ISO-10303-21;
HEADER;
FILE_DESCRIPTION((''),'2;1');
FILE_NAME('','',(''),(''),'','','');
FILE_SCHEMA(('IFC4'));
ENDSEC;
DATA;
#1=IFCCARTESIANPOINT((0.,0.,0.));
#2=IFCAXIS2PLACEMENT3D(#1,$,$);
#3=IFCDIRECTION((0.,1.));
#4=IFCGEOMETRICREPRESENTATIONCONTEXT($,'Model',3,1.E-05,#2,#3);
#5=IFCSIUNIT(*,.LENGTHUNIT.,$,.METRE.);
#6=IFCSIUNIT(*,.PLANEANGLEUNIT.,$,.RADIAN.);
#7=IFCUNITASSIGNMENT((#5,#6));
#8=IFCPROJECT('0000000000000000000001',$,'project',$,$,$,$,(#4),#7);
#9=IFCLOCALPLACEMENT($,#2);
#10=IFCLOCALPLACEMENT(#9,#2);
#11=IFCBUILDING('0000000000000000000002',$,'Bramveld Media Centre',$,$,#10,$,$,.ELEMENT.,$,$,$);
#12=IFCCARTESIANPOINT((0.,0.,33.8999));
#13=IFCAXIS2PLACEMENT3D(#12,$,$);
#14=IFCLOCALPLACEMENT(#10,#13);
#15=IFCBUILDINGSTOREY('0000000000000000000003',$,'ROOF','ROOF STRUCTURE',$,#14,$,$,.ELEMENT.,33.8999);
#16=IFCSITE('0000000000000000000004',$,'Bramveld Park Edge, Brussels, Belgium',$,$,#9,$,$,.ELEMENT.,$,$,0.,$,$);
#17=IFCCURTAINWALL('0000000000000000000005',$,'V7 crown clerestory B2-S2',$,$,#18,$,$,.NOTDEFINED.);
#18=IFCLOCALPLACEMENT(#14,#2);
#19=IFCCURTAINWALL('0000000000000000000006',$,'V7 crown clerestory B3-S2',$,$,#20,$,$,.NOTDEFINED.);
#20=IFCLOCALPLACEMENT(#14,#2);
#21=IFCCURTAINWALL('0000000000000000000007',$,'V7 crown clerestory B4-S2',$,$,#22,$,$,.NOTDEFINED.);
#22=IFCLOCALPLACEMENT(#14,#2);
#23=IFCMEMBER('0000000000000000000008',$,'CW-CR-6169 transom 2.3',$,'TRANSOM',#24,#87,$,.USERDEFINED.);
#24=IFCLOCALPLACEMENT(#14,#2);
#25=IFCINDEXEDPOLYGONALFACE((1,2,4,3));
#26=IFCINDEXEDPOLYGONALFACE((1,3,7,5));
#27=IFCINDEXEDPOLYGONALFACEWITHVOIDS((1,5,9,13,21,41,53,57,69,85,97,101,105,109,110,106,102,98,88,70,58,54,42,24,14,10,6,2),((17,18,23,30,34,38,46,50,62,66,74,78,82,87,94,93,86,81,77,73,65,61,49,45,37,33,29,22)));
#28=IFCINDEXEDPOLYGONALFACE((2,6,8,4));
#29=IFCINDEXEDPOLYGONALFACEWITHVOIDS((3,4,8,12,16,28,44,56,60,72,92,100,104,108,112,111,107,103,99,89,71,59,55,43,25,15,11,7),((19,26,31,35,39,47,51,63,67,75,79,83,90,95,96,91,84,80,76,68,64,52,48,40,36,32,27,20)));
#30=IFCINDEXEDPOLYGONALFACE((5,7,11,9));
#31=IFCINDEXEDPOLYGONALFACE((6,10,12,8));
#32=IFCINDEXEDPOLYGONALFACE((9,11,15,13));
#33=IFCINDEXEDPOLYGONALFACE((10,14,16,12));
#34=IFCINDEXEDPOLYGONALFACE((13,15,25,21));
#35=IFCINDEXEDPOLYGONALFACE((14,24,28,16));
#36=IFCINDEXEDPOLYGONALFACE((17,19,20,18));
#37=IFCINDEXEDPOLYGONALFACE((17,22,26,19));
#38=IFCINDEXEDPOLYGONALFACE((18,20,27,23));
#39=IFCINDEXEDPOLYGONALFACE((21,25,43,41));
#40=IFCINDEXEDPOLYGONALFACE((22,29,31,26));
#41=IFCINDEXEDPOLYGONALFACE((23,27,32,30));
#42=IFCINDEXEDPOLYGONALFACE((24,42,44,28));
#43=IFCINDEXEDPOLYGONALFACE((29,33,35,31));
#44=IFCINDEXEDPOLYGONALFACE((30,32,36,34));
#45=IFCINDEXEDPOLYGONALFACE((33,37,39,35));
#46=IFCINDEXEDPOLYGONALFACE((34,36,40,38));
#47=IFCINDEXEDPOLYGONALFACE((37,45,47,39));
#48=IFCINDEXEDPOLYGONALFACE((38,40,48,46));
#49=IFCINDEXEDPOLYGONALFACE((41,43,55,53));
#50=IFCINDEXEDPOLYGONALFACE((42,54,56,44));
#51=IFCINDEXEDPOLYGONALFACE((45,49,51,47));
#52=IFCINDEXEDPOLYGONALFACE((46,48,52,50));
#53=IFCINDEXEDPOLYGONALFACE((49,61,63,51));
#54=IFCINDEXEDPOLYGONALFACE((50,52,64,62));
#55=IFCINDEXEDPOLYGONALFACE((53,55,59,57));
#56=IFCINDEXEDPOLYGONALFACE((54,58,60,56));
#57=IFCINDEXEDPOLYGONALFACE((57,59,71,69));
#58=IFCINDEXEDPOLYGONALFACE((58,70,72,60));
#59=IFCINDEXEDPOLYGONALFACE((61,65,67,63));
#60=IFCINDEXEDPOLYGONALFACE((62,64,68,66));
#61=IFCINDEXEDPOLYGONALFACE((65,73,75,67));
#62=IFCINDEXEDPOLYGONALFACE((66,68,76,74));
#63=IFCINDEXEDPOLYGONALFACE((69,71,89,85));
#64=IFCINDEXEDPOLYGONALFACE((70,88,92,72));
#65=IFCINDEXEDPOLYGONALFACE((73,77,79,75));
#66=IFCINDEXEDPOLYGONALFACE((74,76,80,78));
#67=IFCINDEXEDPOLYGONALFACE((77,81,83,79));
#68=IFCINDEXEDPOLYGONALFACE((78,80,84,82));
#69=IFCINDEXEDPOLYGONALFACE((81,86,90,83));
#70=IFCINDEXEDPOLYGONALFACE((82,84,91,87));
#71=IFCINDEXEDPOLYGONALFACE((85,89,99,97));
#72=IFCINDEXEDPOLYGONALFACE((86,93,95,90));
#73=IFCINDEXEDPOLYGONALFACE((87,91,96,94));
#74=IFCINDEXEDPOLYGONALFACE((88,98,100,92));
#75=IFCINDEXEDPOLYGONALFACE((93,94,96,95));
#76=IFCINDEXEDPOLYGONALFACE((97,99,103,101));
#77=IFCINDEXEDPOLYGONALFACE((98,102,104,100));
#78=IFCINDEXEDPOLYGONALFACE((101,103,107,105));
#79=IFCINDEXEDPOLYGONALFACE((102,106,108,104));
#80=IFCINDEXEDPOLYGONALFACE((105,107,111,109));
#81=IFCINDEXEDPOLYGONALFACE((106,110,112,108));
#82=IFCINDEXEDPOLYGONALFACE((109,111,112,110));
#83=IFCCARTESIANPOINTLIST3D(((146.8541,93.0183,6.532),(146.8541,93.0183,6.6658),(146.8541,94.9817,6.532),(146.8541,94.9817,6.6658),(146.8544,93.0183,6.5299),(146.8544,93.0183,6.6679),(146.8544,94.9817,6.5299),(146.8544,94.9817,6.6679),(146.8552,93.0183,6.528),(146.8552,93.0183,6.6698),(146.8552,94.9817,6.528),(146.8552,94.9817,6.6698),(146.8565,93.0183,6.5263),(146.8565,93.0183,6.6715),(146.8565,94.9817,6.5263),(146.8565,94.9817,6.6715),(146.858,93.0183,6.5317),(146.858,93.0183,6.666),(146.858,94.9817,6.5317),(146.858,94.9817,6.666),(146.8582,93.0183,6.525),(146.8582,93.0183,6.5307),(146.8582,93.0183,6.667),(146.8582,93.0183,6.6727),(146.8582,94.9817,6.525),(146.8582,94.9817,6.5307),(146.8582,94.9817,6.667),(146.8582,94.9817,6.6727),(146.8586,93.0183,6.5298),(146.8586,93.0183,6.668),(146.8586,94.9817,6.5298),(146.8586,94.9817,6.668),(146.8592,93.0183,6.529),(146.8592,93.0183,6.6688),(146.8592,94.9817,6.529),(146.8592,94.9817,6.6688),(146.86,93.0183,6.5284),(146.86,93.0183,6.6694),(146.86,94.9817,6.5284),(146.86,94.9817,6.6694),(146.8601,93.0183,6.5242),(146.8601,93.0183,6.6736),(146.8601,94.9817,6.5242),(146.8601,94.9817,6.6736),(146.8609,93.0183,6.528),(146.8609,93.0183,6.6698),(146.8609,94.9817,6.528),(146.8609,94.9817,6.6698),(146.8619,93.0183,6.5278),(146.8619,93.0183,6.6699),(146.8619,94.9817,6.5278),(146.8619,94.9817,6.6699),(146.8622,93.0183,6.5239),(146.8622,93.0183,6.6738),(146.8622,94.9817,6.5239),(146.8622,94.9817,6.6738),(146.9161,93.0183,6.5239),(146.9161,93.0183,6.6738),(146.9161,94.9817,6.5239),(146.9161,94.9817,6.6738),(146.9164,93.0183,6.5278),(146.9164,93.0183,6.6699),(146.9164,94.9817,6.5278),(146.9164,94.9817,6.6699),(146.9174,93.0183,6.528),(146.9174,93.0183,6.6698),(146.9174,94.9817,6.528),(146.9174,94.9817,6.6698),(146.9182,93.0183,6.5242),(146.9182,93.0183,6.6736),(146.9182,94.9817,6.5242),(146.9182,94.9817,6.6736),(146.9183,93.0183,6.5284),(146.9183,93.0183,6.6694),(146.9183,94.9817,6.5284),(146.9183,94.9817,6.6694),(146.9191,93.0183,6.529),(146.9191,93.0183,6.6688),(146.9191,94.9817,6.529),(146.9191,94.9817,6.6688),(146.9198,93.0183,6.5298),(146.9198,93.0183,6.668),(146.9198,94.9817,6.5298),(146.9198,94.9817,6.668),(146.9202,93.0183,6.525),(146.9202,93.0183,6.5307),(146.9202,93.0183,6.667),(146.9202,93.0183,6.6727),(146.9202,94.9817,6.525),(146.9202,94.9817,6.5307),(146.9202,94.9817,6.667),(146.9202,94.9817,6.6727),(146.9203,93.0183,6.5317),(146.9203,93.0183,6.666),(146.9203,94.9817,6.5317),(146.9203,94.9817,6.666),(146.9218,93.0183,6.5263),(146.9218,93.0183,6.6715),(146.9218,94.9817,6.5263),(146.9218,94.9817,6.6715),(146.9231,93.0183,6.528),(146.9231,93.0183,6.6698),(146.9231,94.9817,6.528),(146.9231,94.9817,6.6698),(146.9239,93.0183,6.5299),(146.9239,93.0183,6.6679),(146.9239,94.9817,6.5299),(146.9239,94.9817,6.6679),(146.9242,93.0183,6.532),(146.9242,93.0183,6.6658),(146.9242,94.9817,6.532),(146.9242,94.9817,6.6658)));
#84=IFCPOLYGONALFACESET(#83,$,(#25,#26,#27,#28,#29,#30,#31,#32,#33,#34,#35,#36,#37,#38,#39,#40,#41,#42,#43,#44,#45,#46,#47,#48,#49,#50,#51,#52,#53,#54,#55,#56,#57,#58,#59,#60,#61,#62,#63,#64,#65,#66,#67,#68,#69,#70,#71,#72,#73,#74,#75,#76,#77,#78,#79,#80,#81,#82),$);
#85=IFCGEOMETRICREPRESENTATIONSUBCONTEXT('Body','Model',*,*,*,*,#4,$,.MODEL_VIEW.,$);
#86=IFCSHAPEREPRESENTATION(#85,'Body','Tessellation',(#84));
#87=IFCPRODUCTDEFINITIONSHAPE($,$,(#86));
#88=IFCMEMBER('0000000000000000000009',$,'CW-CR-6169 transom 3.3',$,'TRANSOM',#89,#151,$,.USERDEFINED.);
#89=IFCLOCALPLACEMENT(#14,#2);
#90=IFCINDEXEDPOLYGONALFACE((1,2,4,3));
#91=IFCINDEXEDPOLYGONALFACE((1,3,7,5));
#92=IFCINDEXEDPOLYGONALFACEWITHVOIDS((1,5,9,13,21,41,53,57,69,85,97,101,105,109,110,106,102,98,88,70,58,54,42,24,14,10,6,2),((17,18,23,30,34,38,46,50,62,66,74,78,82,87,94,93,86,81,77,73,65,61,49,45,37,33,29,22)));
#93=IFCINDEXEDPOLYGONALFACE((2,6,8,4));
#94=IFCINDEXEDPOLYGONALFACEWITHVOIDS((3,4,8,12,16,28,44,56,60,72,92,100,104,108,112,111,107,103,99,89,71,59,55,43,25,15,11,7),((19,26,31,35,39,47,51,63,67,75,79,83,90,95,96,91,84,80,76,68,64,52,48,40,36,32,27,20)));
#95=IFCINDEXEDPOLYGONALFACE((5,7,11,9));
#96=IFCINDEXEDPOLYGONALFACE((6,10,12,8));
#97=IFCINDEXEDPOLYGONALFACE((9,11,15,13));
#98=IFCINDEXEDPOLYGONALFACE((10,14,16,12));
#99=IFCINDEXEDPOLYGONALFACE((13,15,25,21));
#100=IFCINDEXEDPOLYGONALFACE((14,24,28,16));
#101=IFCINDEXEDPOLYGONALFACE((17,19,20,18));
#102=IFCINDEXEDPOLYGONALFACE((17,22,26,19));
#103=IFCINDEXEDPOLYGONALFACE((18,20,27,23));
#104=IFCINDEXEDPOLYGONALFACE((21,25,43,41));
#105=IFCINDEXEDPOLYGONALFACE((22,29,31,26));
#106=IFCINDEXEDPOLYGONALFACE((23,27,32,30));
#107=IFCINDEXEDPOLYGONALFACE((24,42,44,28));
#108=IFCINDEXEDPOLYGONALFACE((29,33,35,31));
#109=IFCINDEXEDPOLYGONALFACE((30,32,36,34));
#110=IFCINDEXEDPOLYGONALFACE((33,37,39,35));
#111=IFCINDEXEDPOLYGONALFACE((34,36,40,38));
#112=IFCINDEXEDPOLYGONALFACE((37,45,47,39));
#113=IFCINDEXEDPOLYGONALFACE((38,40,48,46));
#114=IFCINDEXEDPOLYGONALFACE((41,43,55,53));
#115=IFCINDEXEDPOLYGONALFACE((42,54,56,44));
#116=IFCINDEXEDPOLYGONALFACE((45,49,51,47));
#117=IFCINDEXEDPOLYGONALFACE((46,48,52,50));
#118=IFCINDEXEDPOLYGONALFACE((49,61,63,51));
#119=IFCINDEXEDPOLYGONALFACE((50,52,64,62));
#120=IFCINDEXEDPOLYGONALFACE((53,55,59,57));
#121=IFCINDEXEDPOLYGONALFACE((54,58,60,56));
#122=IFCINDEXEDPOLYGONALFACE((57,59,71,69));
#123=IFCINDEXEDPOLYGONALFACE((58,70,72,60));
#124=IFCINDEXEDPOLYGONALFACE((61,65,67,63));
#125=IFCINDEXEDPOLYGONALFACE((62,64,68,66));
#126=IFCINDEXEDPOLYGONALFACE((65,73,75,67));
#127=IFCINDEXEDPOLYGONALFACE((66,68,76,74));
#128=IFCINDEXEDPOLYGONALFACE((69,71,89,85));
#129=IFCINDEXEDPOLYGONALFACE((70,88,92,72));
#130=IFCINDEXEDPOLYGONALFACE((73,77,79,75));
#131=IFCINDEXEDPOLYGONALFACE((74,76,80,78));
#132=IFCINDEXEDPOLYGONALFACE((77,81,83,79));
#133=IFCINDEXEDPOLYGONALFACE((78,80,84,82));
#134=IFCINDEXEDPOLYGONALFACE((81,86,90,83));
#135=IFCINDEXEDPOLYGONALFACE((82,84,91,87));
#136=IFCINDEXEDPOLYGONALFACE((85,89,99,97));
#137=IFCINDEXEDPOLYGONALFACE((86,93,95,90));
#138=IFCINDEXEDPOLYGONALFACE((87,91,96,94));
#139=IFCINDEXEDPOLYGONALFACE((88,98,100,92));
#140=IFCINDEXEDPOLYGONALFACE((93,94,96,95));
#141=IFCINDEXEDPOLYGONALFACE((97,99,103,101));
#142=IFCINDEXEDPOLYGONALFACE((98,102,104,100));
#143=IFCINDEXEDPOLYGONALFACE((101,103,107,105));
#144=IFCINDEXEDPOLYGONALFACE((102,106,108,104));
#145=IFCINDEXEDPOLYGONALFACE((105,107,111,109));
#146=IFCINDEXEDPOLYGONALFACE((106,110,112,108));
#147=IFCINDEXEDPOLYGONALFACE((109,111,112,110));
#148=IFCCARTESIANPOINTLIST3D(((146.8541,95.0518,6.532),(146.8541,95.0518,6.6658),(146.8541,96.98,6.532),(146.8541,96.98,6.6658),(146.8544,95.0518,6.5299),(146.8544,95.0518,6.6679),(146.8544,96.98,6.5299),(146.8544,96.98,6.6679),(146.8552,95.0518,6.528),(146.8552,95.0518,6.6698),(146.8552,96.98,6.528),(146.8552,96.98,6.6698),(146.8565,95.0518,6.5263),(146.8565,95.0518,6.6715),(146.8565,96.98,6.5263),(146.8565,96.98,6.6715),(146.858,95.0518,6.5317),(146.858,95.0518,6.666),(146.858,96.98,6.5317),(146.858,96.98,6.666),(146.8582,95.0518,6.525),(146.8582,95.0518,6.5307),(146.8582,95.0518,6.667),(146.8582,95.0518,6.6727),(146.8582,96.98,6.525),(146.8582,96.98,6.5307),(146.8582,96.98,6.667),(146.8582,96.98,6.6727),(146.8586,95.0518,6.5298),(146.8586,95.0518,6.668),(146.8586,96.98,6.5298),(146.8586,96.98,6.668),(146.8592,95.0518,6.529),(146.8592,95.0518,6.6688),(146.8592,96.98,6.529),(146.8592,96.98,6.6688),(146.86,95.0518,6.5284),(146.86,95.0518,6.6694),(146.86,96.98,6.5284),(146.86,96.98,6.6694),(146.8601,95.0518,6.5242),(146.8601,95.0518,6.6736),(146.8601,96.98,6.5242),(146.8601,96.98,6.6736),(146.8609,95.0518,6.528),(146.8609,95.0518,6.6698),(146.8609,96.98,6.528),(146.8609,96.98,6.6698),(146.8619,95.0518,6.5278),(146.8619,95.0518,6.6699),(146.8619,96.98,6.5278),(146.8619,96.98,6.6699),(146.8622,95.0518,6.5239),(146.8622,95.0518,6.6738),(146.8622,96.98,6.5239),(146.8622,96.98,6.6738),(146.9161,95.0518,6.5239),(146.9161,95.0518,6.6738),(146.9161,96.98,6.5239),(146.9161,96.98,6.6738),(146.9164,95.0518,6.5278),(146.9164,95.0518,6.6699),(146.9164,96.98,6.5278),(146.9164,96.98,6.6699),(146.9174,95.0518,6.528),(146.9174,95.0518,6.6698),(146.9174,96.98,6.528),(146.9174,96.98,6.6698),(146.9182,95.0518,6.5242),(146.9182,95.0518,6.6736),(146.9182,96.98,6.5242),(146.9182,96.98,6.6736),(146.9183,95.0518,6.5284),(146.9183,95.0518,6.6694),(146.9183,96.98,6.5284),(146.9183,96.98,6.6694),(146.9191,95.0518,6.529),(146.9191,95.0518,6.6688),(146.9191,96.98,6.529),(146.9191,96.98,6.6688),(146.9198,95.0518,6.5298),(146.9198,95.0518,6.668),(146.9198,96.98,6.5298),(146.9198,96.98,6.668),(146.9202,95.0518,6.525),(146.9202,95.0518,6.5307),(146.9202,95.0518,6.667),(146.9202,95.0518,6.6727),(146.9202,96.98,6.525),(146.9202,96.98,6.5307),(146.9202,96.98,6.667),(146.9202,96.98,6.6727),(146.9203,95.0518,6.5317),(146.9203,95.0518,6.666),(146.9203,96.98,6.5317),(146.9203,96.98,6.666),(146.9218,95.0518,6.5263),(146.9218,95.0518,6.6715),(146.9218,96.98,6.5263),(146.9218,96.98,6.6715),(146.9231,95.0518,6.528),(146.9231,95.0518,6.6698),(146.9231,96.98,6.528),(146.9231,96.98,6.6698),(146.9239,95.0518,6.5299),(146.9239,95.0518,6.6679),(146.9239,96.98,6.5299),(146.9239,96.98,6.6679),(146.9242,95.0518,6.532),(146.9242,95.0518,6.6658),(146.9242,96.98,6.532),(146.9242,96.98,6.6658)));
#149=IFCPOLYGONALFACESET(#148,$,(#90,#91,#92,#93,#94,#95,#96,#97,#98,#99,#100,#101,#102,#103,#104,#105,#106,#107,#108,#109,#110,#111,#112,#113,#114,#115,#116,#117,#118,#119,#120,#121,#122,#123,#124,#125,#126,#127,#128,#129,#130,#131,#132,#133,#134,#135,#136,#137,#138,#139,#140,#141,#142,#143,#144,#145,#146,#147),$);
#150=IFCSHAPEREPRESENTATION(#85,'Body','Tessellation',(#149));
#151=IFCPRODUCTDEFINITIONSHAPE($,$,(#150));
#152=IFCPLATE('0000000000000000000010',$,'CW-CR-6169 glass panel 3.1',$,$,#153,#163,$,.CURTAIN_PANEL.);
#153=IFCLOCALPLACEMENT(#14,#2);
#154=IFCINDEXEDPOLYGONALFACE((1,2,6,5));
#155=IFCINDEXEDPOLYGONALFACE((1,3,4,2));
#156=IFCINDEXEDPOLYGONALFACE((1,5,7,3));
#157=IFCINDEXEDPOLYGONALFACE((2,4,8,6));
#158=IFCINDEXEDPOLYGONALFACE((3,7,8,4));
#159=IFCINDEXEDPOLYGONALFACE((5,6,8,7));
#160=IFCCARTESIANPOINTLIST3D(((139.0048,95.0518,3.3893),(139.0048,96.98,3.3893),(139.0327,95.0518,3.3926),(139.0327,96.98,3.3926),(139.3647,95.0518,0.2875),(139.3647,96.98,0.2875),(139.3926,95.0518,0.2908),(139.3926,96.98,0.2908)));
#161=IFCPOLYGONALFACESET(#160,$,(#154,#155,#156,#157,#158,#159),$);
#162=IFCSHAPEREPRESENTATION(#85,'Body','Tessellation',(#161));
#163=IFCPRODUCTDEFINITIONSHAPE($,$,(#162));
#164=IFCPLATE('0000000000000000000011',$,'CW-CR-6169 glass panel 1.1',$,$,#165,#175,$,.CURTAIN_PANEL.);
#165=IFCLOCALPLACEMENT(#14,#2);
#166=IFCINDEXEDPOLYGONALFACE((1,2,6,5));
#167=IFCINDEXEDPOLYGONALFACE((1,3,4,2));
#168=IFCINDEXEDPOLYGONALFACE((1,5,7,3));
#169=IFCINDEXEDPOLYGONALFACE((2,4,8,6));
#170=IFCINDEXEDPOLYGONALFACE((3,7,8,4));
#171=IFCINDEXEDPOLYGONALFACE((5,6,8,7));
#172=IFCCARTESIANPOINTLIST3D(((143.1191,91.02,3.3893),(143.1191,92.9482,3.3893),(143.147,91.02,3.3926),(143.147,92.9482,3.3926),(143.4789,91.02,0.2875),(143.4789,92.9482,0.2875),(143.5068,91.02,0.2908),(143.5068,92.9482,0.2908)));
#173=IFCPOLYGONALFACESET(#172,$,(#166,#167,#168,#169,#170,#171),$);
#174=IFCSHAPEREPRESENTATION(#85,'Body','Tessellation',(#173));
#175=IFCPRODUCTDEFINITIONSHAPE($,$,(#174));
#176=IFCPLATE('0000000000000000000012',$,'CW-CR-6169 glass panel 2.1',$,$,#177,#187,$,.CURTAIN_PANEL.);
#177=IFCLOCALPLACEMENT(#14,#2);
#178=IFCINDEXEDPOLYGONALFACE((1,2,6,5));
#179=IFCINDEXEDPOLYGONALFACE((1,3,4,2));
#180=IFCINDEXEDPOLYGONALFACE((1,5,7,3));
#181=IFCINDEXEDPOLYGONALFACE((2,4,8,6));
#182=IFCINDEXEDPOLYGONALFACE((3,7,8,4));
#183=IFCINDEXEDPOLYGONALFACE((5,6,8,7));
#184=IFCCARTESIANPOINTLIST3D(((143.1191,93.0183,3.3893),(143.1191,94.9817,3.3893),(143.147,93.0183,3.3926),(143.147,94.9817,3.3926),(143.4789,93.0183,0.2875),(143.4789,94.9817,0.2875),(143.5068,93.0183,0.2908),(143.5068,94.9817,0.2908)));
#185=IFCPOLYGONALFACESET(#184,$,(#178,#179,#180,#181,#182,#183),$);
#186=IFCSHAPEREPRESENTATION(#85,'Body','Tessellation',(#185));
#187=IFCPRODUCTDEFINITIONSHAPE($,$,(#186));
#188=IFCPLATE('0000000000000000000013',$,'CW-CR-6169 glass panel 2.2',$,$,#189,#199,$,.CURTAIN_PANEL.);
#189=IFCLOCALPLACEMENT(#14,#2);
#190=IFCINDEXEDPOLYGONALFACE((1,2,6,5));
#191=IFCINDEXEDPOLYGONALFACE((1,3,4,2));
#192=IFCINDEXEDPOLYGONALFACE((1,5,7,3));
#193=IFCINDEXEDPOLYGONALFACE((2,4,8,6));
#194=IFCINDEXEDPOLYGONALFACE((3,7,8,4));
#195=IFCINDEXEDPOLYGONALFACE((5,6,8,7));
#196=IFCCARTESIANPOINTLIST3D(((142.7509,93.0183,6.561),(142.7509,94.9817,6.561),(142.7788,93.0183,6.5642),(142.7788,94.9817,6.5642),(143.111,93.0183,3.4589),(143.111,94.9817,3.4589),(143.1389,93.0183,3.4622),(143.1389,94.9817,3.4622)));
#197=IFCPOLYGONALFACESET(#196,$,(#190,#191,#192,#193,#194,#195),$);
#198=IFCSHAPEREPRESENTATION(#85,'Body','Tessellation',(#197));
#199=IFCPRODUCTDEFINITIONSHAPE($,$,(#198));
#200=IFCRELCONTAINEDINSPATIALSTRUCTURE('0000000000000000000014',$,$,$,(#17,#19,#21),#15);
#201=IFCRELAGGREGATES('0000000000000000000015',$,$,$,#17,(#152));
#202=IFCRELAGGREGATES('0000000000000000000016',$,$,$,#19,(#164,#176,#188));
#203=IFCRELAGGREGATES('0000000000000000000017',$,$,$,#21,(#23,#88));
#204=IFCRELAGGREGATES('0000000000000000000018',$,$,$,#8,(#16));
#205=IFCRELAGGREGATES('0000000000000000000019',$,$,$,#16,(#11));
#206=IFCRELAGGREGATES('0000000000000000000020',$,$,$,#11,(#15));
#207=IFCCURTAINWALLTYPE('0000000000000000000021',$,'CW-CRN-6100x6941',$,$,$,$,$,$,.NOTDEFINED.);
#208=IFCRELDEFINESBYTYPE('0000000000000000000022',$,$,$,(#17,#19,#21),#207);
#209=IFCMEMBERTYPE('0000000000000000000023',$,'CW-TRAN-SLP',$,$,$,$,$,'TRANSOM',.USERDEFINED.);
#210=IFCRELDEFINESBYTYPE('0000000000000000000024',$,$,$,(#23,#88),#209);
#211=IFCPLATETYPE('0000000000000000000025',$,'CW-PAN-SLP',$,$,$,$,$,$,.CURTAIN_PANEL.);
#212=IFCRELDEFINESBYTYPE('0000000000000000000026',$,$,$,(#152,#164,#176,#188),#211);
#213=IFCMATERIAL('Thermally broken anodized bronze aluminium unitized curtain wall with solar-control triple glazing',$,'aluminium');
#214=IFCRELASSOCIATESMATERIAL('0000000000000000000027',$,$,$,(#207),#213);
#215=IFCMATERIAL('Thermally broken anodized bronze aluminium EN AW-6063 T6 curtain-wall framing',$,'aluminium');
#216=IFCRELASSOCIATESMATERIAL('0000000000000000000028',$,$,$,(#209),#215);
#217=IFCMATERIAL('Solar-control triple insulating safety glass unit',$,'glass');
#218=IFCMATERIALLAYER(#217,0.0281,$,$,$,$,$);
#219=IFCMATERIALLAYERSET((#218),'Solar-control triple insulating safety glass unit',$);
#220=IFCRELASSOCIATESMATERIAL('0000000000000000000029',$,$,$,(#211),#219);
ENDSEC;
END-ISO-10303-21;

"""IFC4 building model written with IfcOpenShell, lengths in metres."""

from ifc_helpers import new_model, si_unit, direction, frame, origin, origin_2d, place, context, subcontext, project, spatial, polyline, hollow_rectangle, outline, extrude, material, layer, layer_set, material_profile, profile_set, type_object, element, aggregate, save


model = new_model("IFC4")

# Units and contexts
model_context = context("Model", 3, precision=1e-05, world=origin(), true_north=direction((0.0, 1.0)))
body_context = subcontext(model_context, "Body", "Model", "MODEL_VIEW")
ifc_project = project(units=[si_unit("LENGTHUNIT", "METRE"), si_unit("PLANEANGLEUNIT", "RADIAN")], contexts=[model_context])

# Site, building, storey
site_placement = place(None, origin())
site = spatial("IfcSite", under=ifc_project, at=site_placement, Name="Bramveld Park Edge, Brussels, Belgium", CompositionType="ELEMENT", RefElevation=0.0)
building_placement = place(site_placement, origin())
building = spatial("IfcBuilding", under=site, at=building_placement, Name="Bramveld Media Centre", CompositionType="ELEMENT")
storey_placement = place(building_placement, frame((0.0, 0.0, 33.8999)))
storey = spatial("IfcBuildingStorey", under=building, at=storey_placement, Name="ROOF", Description="ROOF STRUCTURE", CompositionType="ELEMENT", Elevation=33.8999)

# Curtain walls
ifc_material_1 = material(Name="Thermally broken anodized bronze aluminium unitized curtain wall with solar-control triple glazing", Category="aluminium")
curtain_wall_type = type_object("IfcCurtainWallType", Name="CW-CRN-6100x6941", PredefinedType="NOTDEFINED", material=ifc_material_1)
curtain_wall_1_placement = place(storey_placement, origin())
curtain_wall_1 = element("IfcCurtainWall", 1, at=curtain_wall_1_placement, inside=storey, type_object=curtain_wall_type, Name="V7 crown clerestory B2-S2", PredefinedType="NOTDEFINED")
curtain_wall_2_placement = place(storey_placement, origin())
curtain_wall_2 = element("IfcCurtainWall", 2, at=curtain_wall_2_placement, inside=storey, type_object=curtain_wall_type, Name="V7 crown clerestory B3-S2", PredefinedType="NOTDEFINED")

# Shared definitions
ifc_material_2 = material(Name="Thermally broken anodized bronze aluminium EN AW-6063 T6 curtain-wall framing", Category="aluminium")
ifc_material_profile_1 = material_profile(ifc_material_2, hollow_rectangle(XDim=0.0701, YDim=0.1499, WallThickness=0.0039, InnerFilletRadius=0.0039, OuterFilletRadius=0.0081, at=origin_2d()), Name="AL-TRAN 70x150")
ifc_profile_set_1 = profile_set([ifc_material_profile_1], Name="Thermally broken anodized bronze aluminium EN AW-6063 T6 curtain-wall framing")
member_type_1 = type_object("IfcMemberType", Name="CW-TRAN-SLP", ElementType="TRANSOM", PredefinedType="USERDEFINED", material=ifc_profile_set_1)

# Curtain wall, members
curtain_wall_3_placement = place(storey_placement, origin())
curtain_wall_3 = element("IfcCurtainWall", 3, at=curtain_wall_3_placement, inside=storey, type_object=curtain_wall_type, Name="V7 crown clerestory B4-S2", PredefinedType="NOTDEFINED")
member_1_placement = place(storey_placement, frame((146.8892, 93.0183, 6.5989), z_axis=(0.0, 1.0, 0.0), x_axis=(-1.0, 0.0, 0.0)))
member_1 = element("IfcMember", 4, at=member_1_placement, type_object=member_type_1, Name="CW-CR-6169 transom 2.3", ObjectType="TRANSOM", PredefinedType="USERDEFINED", context=body_context, shape_type="SweptSolid", body=[
    extrude(hollow_rectangle(XDim=0.0701, YDim=0.1499, WallThickness=0.0039, InnerFilletRadius=0.0039, OuterFilletRadius=0.0081, at=origin_2d()), origin(), (0.0, 0.0, 1.0), 1.9634),
])
member_2_placement = place(storey_placement, frame((146.8892, 95.0518, 6.5989), z_axis=(0.0, 1.0, 0.0), x_axis=(-1.0, 0.0, 0.0)))
member_2 = element("IfcMember", 5, at=member_2_placement, type_object=member_type_1, Name="CW-CR-6169 transom 3.3", ObjectType="TRANSOM", PredefinedType="USERDEFINED", context=body_context, shape_type="SweptSolid", body=[
    extrude(hollow_rectangle(XDim=0.0701, YDim=0.1499, WallThickness=0.0039, InnerFilletRadius=0.0039, OuterFilletRadius=0.0081, at=origin_2d()), origin(), (0.0, 0.0, 1.0), 1.9282),
])

# Plates
ifc_material_3 = material(Name="Solar-control triple insulating safety glass unit", Category="glass")
ifc_layer_1 = layer(ifc_material_3, 0.0281)
ifc_layer_set_1 = layer_set([ifc_layer_1], Name="Solar-control triple insulating safety glass unit")
plate_type = type_object("IfcPlateType", Name="CW-PAN-SLP", PredefinedType="CURTAIN_PANEL", material=ifc_layer_set_1)
plate_1_placement = place(storey_placement, frame((139.3926, 95.0518, 0.2908), z_axis=(0.993337, 0.0, 0.115244), x_axis=(0.0, 1.0, 0.0)))
plate_1 = element("IfcPlate", 6, at=plate_1_placement, type_object=plate_type, Name="CW-CR-6169 glass panel 3.1", PredefinedType="CURTAIN_PANEL", context=body_context, shape_type="SweptSolid", body=[
    extrude(outline(polyline([(0.0, 0.0), (1.9282, 0.0), (1.9282, 3.1226), (0.0, 3.1226), (0.0, 0.0)])), origin(), (0.0, 0.0, -1.0), 0.0281),
])
aggregate(curtain_wall_1, [plate_1])
plate_2_placement = place(storey_placement, frame((143.5068, 91.02, 0.2908), z_axis=(0.993337, 0.0, 0.115244), x_axis=(0.0, 1.0, 0.0)))
plate_2 = element("IfcPlate", 7, at=plate_2_placement, type_object=plate_type, Name="CW-CR-6169 glass panel 1.1", PredefinedType="CURTAIN_PANEL", context=body_context, shape_type="SweptSolid", body=[
    extrude(outline(polyline([(0.0, 0.0), (1.9282, 0.0), (1.9282, 3.1226), (0.0, 3.1226), (0.0, 0.0)])), origin(), (0.0, 0.0, -1.0), 0.0281),
])
plate_3_placement = place(storey_placement, frame((143.5068, 93.0183, 0.2908), z_axis=(0.993337, 0.0, 0.115244), x_axis=(0.0, 1.0, 0.0)))
plate_3 = element("IfcPlate", 8, at=plate_3_placement, type_object=plate_type, Name="CW-CR-6169 glass panel 2.1", PredefinedType="CURTAIN_PANEL", context=body_context, shape_type="SweptSolid", body=[
    extrude(outline(polyline([(0.0, 0.0), (1.9634, 0.0), (1.9634, 3.1226), (0.0, 3.1226), (0.0, 0.0)])), origin(), (0.0, 0.0, -1.0), 0.0281),
])
plate_4_placement = place(storey_placement, frame((143.1389, 93.0183, 3.4622), z_axis=(0.993329, 0.0, 0.115313), x_axis=(0.0, 1.0, 0.0)))
plate_4 = element("IfcPlate", 9, at=plate_4_placement, type_object=plate_type, Name="CW-CR-6169 glass panel 2.2", PredefinedType="CURTAIN_PANEL", context=body_context, shape_type="SweptSolid", body=[
    extrude(outline(polyline([(0.0, 0.0), (1.9634, 0.0), (1.9634, 3.1229), (0.0, 3.1229), (0.0, 0.0)])), origin(), (0.0, 0.0, -1.0), 0.0281),
])
aggregate(curtain_wall_2, [plate_2, plate_3, plate_4])
aggregate(curtain_wall_3, [member_1, member_2])

save(model, "model.ifc")
